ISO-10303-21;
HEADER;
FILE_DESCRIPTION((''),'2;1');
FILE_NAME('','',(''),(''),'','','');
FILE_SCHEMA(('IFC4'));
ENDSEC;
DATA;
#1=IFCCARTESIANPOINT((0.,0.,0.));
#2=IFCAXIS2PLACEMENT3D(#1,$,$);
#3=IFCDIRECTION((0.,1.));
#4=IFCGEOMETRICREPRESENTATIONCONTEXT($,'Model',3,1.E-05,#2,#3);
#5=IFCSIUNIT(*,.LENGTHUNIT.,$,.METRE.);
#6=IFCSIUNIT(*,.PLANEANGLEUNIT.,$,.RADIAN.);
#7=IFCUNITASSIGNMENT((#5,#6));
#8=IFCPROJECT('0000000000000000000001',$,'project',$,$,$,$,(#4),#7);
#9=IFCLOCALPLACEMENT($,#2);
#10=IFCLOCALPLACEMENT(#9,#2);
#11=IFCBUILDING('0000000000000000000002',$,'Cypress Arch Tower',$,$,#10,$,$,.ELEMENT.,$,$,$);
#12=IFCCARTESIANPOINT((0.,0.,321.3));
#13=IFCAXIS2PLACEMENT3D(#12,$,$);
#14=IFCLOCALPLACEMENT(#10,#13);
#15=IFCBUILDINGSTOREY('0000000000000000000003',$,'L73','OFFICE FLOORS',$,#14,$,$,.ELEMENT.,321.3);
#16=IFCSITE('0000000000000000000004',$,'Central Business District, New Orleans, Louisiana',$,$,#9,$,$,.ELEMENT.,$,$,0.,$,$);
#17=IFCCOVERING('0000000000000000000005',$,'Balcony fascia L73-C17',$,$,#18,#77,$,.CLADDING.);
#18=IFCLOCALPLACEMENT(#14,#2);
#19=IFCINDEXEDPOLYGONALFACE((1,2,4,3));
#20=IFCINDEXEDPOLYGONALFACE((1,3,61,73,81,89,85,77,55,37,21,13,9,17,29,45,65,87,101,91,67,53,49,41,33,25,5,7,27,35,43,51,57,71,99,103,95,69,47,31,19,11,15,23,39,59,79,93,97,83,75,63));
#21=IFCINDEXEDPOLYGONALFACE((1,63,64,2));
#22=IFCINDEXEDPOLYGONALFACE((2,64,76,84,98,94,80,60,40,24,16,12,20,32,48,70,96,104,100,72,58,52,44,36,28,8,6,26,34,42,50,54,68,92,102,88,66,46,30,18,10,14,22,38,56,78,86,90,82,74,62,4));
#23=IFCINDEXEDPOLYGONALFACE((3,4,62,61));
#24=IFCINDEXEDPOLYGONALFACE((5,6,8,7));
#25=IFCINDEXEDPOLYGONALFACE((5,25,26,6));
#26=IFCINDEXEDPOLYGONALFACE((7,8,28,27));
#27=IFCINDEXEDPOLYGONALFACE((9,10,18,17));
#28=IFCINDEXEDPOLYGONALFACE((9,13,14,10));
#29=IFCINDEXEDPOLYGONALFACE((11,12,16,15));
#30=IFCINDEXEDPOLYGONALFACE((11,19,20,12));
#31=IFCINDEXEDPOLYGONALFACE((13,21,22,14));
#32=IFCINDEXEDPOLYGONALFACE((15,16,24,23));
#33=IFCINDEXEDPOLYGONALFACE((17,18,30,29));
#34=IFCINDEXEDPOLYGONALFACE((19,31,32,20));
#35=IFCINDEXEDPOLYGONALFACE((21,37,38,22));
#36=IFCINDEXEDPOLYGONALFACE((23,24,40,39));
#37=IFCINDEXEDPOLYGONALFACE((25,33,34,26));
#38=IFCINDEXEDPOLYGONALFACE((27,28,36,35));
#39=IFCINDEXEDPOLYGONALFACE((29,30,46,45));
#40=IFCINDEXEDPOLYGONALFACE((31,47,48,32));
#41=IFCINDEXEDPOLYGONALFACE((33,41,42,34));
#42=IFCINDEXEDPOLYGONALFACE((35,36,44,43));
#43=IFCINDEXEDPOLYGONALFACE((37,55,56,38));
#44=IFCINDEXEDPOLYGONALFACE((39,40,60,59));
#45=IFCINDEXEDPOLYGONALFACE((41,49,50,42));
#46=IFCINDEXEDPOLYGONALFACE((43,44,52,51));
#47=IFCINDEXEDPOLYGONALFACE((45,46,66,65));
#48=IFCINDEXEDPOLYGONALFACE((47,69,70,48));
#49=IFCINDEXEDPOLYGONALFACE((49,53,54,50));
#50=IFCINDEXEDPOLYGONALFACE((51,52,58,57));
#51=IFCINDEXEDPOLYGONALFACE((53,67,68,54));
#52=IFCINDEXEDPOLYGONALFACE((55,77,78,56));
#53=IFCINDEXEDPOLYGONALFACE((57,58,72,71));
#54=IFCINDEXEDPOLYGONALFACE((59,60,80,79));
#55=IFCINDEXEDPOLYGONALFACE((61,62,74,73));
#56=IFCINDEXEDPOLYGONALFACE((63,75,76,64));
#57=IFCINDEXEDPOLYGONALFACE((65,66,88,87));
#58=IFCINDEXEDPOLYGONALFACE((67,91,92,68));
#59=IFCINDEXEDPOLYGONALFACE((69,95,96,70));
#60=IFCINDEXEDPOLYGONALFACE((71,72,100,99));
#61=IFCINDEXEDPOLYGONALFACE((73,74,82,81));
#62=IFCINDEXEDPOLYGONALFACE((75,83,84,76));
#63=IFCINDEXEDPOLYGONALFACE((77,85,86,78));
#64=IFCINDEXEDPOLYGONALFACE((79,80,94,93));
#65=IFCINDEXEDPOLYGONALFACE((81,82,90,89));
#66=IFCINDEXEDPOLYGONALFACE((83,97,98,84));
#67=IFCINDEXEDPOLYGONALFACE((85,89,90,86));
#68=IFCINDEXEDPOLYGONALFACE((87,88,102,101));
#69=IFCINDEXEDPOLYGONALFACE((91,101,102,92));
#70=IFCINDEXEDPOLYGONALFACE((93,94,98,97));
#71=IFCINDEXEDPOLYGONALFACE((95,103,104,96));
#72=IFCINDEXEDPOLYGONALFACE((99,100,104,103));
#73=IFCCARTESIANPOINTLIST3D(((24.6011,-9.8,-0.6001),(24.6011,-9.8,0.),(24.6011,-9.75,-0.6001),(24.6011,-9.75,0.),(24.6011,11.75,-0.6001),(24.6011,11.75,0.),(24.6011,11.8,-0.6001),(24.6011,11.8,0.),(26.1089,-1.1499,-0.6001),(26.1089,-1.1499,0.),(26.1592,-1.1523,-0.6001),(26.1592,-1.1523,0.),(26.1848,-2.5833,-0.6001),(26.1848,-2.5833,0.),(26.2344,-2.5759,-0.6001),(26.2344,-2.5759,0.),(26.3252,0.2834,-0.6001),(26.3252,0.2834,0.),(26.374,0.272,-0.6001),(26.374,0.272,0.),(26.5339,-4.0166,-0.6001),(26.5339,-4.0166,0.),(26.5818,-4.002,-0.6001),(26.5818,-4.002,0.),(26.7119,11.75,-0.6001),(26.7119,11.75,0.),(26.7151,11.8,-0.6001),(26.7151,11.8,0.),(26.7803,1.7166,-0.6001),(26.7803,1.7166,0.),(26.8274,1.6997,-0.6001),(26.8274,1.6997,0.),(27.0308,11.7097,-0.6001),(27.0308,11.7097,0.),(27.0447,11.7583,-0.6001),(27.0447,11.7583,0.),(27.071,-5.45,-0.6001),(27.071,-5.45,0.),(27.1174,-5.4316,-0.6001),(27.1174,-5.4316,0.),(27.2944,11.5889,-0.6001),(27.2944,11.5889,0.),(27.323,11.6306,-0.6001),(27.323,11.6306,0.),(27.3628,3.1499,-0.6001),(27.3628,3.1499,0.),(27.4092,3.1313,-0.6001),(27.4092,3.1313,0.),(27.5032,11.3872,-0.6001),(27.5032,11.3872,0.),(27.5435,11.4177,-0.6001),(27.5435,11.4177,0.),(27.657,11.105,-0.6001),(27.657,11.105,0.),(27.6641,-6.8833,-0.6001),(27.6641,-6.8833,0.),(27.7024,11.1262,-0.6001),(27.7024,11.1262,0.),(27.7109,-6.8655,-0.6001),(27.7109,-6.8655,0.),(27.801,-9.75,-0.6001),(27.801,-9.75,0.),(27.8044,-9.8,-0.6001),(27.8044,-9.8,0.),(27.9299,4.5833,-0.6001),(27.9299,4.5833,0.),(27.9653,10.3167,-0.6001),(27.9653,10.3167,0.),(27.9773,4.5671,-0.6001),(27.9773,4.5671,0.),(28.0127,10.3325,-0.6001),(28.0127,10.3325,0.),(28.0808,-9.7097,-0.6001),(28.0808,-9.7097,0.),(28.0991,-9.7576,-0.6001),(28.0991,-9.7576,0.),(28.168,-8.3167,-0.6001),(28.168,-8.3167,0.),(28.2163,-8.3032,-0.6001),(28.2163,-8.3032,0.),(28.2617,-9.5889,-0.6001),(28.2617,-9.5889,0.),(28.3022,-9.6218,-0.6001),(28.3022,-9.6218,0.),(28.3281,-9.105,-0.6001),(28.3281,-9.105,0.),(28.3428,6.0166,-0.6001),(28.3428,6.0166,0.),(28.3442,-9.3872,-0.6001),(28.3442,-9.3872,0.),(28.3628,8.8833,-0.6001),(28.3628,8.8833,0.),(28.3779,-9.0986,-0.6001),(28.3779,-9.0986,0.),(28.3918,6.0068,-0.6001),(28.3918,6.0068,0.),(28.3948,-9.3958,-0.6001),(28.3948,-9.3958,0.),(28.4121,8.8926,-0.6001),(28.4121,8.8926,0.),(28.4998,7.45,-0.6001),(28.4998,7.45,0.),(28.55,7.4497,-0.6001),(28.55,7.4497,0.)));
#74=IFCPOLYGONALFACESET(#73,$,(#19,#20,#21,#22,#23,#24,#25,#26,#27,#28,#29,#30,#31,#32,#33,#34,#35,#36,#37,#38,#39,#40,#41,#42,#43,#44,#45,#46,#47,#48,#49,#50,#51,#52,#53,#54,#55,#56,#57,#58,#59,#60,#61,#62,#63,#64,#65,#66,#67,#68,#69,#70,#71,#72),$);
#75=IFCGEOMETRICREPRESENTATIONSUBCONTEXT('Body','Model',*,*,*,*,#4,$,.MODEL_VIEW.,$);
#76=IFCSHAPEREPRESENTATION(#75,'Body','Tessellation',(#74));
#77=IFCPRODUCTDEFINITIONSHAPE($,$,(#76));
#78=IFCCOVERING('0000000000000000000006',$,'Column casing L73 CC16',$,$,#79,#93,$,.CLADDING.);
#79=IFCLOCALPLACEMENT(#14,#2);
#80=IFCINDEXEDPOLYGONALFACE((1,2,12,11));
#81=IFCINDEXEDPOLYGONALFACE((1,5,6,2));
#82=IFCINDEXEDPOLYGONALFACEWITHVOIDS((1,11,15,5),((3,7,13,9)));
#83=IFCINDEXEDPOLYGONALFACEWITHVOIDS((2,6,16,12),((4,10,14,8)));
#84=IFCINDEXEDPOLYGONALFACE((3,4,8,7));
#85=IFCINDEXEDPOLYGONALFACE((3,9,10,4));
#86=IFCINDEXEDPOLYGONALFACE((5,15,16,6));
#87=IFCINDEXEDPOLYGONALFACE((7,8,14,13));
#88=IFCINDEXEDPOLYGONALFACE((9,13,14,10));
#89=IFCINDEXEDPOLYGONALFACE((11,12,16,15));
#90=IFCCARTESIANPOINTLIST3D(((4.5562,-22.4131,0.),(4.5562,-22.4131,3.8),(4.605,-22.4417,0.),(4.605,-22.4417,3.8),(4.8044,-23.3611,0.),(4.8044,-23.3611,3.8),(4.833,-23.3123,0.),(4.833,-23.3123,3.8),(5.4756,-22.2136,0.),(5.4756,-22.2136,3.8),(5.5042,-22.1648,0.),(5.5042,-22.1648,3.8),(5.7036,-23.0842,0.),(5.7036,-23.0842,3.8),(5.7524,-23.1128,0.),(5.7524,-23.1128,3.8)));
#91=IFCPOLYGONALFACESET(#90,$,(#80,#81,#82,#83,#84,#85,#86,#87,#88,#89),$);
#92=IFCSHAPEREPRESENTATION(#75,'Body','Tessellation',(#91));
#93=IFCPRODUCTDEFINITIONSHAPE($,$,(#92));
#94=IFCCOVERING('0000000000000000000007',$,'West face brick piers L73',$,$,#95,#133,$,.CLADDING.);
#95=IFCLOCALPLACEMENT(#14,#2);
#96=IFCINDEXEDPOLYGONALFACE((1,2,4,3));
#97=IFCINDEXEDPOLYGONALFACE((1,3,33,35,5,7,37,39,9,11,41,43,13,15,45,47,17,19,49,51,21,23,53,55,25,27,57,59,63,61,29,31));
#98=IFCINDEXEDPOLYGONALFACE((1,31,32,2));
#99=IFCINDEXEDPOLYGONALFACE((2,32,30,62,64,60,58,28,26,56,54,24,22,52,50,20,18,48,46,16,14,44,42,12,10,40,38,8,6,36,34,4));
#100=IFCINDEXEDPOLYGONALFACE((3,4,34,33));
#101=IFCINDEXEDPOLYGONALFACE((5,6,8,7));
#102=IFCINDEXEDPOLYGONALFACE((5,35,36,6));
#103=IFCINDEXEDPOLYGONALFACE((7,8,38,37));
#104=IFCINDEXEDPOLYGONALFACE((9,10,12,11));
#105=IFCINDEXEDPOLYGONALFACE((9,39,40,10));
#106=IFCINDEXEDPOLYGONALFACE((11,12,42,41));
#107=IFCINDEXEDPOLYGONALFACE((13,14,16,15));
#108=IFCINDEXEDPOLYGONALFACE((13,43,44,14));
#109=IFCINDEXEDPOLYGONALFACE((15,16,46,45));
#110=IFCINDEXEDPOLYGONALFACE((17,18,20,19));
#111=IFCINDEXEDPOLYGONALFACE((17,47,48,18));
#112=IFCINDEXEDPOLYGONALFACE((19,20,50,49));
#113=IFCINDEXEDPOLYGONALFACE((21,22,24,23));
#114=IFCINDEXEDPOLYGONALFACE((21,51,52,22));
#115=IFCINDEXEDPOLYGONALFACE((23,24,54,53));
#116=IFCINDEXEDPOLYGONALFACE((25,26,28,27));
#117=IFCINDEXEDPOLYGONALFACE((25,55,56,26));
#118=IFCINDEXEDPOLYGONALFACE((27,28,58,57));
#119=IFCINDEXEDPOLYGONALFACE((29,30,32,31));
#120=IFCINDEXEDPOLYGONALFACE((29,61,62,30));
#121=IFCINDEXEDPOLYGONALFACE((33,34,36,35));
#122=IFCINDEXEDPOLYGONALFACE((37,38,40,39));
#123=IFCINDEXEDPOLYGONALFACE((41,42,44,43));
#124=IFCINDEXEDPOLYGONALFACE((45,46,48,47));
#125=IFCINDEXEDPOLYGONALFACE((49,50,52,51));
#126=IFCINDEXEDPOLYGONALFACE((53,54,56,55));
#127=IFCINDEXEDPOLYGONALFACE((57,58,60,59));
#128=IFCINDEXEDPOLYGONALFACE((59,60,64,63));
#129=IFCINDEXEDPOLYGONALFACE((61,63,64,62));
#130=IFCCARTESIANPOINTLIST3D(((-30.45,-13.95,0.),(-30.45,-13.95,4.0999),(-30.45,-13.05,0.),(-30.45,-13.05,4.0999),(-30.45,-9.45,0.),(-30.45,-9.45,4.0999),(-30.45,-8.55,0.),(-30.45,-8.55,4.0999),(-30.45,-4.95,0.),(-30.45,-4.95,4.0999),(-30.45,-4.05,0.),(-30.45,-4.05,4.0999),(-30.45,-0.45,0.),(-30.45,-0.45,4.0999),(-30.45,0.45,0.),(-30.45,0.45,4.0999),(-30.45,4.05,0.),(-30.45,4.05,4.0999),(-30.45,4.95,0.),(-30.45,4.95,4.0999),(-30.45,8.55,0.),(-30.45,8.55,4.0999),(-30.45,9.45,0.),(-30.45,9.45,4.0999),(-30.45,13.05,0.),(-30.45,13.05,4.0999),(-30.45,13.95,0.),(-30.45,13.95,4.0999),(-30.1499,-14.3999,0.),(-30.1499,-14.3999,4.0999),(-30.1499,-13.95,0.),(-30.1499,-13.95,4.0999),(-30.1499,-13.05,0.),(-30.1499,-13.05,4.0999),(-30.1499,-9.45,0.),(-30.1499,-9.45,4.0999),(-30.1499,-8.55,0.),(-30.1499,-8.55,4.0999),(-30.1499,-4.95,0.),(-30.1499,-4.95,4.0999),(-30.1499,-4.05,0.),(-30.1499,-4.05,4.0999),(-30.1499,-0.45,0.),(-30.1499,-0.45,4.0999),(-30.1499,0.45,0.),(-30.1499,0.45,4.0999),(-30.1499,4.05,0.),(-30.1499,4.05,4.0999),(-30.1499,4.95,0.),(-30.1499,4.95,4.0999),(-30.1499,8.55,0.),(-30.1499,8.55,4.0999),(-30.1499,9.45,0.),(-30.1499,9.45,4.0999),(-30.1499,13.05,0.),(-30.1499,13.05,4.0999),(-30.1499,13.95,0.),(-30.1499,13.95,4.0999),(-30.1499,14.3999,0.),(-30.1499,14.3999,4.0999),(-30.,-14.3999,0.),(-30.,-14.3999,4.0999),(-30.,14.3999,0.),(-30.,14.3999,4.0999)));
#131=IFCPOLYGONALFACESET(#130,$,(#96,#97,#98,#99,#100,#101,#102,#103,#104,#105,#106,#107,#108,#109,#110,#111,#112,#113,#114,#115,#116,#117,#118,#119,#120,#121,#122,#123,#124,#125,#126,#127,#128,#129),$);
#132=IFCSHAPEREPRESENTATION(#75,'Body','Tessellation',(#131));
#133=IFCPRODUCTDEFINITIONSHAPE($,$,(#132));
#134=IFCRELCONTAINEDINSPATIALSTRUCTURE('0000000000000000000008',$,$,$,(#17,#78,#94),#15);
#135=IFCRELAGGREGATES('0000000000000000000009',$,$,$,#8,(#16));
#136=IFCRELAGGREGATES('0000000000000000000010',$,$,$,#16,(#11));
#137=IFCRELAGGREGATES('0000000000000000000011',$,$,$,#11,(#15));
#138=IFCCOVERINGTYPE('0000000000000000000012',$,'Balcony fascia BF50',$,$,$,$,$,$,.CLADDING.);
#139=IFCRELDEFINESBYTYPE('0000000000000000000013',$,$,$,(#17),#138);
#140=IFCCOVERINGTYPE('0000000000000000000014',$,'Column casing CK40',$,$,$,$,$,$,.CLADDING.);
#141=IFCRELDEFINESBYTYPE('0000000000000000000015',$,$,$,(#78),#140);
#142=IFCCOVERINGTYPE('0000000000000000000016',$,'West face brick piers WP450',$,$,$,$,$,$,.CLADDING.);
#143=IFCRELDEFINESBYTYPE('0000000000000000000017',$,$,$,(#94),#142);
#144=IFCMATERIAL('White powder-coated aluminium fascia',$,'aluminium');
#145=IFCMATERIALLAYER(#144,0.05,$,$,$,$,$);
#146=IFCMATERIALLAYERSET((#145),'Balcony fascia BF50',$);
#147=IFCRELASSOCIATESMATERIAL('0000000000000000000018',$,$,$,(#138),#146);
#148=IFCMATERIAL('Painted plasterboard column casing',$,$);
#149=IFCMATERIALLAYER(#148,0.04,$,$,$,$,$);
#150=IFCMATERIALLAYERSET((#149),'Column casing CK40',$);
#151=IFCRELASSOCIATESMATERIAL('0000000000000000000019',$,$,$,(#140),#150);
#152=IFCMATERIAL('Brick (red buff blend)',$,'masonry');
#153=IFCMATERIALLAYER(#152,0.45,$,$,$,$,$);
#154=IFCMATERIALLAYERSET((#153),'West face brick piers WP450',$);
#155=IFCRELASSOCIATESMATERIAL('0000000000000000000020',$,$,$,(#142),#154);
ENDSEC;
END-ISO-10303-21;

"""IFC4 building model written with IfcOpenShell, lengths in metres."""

from ifc_helpers import new_model, si_unit, direction, frame, origin, place, context, subcontext, project, spatial, polyline, outline, extrude, material, layer, layer_set, type_object, element, save


model = new_model("IFC4")

# Units and contexts
model_context = context("Model", 3, precision=1e-05, world=origin(), true_north=direction((0.0, 1.0)))
body_context = subcontext(model_context, "Body", "Model", "MODEL_VIEW")
ifc_project = project(units=[si_unit("LENGTHUNIT", "METRE"), si_unit("PLANEANGLEUNIT", "RADIAN")], contexts=[model_context])

# Site, building, storey
site_placement = place(None, origin())
site = spatial("IfcSite", under=ifc_project, at=site_placement, Name="Central Business District, New Orleans, Louisiana", CompositionType="ELEMENT", RefElevation=0.0)
building_placement = place(site_placement, origin())
building = spatial("IfcBuilding", under=site, at=building_placement, Name="Cypress Arch Tower", CompositionType="ELEMENT")
storey_placement = place(building_placement, frame((0.0, 0.0, 321.3)))
storey = spatial("IfcBuildingStorey", under=building, at=storey_placement, Name="L73", Description="OFFICE FLOORS", CompositionType="ELEMENT", Elevation=321.3)

# Coverings
ifc_material_1 = material(Name="White powder-coated aluminium fascia", Category="aluminium")
ifc_layer_1 = layer(ifc_material_1, 0.05)
ifc_layer_set_1 = layer_set([ifc_layer_1], Name="Balcony fascia BF50")
covering_type_1 = type_object("IfcCoveringType", Name="Balcony fascia BF50", PredefinedType="CLADDING", material=ifc_layer_set_1)
covering_1_placement = place(storey_placement, frame((0.0, 0.0, -0.6001)))
element("IfcCovering", 1, at=covering_1_placement, inside=storey, type_object=covering_type_1, Name="Balcony fascia L73-C17", PredefinedType="CLADDING", context=body_context, shape_type="SweptSolid", body=[
    extrude(outline(polyline([(26.7151, 11.8), (27.0447, 11.7583), (27.323, 11.6306), (27.5435, 11.4177), (27.7024, 11.1262), (28.0127, 10.3325), (28.4121, 8.8926), (28.55, 7.4497), (28.3918, 6.0068), (27.9773, 4.5671), (27.4092, 3.1313), (26.8274, 1.6997), (26.374, 0.272), (26.1592, -1.1523), (26.2344, -2.5759), (26.5818, -4.002), (27.1174, -5.4316), (27.7109, -6.8655), (28.2163, -8.3032), (28.3779, -9.0986), (28.3948, -9.3958), (28.3022, -9.6218), (28.0991, -9.7576), (27.8044, -9.8), (24.6011, -9.8), (24.6011, -9.75), (27.801, -9.75), (28.0808, -9.7097), (28.2617, -9.5889), (28.3442, -9.3872), (28.3281, -9.105), (28.168, -8.3167), (27.6641, -6.8833), (27.071, -5.45), (26.5339, -4.0166), (26.1848, -2.5833), (26.1089, -1.1499), (26.3252, 0.2834), (26.7803, 1.7166), (27.3628, 3.1499), (27.9299, 4.5833), (28.3428, 6.0166), (28.4998, 7.45), (28.3628, 8.8833), (27.9653, 10.3167), (27.657, 11.105), (27.5032, 11.3872), (27.2944, 11.5889), (27.0308, 11.7097), (26.7119, 11.75), (24.6011, 11.75), (24.6011, 11.8), (26.7151, 11.8)])), origin(), (0.0, 0.0, 1.0), 0.6001),
])
ifc_material_2 = material(Name="Painted plasterboard column casing")
ifc_layer_2 = layer(ifc_material_2, 0.04)
ifc_layer_set_2 = layer_set([ifc_layer_2], Name="Column casing CK40")
covering_type_2 = type_object("IfcCoveringType", Name="Column casing CK40", PredefinedType="CLADDING", material=ifc_layer_set_2)
covering_2_placement = place(storey_placement, origin())
element("IfcCovering", 2, at=covering_2_placement, inside=storey, type_object=covering_type_2, Name="Column casing L73 CC16", PredefinedType="CLADDING", context=body_context, shape_type="SweptSolid", body=[
    extrude(outline(polyline([(4.8044, -23.3611), (4.5562, -22.4131), (5.5042, -22.1648), (5.7524, -23.1128), (4.8044, -23.3611)]), holes=[polyline([(4.833, -23.3123), (5.7036, -23.0842), (5.4756, -22.2136), (4.605, -22.4417), (4.833, -23.3123)])]), origin(), (0.0, 0.0, 1.0), 3.8),
])
ifc_material_3 = material(Name="Brick (red buff blend)", Category="masonry")
ifc_layer_3 = layer(ifc_material_3, 0.45)
ifc_layer_set_3 = layer_set([ifc_layer_3], Name="West face brick piers WP450")
covering_type_3 = type_object("IfcCoveringType", Name="West face brick piers WP450", PredefinedType="CLADDING", material=ifc_layer_set_3)
covering_3_placement = place(storey_placement, origin())
element("IfcCovering", 3, at=covering_3_placement, inside=storey, type_object=covering_type_3, Name="West face brick piers L73", PredefinedType="CLADDING", context=body_context, shape_type="SweptSolid", body=[
    extrude(outline(polyline([(-30.1499, -13.05), (-30.1499, -9.45), (-30.45, -9.45), (-30.45, -8.55), (-30.1499, -8.55), (-30.1499, -4.95), (-30.45, -4.95), (-30.45, -4.05), (-30.1499, -4.05), (-30.1499, -0.45), (-30.45, -0.45), (-30.45, 0.45), (-30.1499, 0.45), (-30.1499, 4.05), (-30.45, 4.05), (-30.45, 4.95), (-30.1499, 4.95), (-30.1499, 8.55), (-30.45, 8.55), (-30.45, 9.45), (-30.1499, 9.45), (-30.1499, 13.05), (-30.45, 13.05), (-30.45, 13.95), (-30.1499, 13.95), (-30.1499, 14.3999), (-30.0, 14.3999), (-30.0, -14.3999), (-30.1499, -14.3999), (-30.1499, -13.95), (-30.45, -13.95), (-30.45, -13.05), (-30.1499, -13.05)])), origin(), (0.0, 0.0, 1.0), 4.0999),
])

save(model, "model.ifc")
